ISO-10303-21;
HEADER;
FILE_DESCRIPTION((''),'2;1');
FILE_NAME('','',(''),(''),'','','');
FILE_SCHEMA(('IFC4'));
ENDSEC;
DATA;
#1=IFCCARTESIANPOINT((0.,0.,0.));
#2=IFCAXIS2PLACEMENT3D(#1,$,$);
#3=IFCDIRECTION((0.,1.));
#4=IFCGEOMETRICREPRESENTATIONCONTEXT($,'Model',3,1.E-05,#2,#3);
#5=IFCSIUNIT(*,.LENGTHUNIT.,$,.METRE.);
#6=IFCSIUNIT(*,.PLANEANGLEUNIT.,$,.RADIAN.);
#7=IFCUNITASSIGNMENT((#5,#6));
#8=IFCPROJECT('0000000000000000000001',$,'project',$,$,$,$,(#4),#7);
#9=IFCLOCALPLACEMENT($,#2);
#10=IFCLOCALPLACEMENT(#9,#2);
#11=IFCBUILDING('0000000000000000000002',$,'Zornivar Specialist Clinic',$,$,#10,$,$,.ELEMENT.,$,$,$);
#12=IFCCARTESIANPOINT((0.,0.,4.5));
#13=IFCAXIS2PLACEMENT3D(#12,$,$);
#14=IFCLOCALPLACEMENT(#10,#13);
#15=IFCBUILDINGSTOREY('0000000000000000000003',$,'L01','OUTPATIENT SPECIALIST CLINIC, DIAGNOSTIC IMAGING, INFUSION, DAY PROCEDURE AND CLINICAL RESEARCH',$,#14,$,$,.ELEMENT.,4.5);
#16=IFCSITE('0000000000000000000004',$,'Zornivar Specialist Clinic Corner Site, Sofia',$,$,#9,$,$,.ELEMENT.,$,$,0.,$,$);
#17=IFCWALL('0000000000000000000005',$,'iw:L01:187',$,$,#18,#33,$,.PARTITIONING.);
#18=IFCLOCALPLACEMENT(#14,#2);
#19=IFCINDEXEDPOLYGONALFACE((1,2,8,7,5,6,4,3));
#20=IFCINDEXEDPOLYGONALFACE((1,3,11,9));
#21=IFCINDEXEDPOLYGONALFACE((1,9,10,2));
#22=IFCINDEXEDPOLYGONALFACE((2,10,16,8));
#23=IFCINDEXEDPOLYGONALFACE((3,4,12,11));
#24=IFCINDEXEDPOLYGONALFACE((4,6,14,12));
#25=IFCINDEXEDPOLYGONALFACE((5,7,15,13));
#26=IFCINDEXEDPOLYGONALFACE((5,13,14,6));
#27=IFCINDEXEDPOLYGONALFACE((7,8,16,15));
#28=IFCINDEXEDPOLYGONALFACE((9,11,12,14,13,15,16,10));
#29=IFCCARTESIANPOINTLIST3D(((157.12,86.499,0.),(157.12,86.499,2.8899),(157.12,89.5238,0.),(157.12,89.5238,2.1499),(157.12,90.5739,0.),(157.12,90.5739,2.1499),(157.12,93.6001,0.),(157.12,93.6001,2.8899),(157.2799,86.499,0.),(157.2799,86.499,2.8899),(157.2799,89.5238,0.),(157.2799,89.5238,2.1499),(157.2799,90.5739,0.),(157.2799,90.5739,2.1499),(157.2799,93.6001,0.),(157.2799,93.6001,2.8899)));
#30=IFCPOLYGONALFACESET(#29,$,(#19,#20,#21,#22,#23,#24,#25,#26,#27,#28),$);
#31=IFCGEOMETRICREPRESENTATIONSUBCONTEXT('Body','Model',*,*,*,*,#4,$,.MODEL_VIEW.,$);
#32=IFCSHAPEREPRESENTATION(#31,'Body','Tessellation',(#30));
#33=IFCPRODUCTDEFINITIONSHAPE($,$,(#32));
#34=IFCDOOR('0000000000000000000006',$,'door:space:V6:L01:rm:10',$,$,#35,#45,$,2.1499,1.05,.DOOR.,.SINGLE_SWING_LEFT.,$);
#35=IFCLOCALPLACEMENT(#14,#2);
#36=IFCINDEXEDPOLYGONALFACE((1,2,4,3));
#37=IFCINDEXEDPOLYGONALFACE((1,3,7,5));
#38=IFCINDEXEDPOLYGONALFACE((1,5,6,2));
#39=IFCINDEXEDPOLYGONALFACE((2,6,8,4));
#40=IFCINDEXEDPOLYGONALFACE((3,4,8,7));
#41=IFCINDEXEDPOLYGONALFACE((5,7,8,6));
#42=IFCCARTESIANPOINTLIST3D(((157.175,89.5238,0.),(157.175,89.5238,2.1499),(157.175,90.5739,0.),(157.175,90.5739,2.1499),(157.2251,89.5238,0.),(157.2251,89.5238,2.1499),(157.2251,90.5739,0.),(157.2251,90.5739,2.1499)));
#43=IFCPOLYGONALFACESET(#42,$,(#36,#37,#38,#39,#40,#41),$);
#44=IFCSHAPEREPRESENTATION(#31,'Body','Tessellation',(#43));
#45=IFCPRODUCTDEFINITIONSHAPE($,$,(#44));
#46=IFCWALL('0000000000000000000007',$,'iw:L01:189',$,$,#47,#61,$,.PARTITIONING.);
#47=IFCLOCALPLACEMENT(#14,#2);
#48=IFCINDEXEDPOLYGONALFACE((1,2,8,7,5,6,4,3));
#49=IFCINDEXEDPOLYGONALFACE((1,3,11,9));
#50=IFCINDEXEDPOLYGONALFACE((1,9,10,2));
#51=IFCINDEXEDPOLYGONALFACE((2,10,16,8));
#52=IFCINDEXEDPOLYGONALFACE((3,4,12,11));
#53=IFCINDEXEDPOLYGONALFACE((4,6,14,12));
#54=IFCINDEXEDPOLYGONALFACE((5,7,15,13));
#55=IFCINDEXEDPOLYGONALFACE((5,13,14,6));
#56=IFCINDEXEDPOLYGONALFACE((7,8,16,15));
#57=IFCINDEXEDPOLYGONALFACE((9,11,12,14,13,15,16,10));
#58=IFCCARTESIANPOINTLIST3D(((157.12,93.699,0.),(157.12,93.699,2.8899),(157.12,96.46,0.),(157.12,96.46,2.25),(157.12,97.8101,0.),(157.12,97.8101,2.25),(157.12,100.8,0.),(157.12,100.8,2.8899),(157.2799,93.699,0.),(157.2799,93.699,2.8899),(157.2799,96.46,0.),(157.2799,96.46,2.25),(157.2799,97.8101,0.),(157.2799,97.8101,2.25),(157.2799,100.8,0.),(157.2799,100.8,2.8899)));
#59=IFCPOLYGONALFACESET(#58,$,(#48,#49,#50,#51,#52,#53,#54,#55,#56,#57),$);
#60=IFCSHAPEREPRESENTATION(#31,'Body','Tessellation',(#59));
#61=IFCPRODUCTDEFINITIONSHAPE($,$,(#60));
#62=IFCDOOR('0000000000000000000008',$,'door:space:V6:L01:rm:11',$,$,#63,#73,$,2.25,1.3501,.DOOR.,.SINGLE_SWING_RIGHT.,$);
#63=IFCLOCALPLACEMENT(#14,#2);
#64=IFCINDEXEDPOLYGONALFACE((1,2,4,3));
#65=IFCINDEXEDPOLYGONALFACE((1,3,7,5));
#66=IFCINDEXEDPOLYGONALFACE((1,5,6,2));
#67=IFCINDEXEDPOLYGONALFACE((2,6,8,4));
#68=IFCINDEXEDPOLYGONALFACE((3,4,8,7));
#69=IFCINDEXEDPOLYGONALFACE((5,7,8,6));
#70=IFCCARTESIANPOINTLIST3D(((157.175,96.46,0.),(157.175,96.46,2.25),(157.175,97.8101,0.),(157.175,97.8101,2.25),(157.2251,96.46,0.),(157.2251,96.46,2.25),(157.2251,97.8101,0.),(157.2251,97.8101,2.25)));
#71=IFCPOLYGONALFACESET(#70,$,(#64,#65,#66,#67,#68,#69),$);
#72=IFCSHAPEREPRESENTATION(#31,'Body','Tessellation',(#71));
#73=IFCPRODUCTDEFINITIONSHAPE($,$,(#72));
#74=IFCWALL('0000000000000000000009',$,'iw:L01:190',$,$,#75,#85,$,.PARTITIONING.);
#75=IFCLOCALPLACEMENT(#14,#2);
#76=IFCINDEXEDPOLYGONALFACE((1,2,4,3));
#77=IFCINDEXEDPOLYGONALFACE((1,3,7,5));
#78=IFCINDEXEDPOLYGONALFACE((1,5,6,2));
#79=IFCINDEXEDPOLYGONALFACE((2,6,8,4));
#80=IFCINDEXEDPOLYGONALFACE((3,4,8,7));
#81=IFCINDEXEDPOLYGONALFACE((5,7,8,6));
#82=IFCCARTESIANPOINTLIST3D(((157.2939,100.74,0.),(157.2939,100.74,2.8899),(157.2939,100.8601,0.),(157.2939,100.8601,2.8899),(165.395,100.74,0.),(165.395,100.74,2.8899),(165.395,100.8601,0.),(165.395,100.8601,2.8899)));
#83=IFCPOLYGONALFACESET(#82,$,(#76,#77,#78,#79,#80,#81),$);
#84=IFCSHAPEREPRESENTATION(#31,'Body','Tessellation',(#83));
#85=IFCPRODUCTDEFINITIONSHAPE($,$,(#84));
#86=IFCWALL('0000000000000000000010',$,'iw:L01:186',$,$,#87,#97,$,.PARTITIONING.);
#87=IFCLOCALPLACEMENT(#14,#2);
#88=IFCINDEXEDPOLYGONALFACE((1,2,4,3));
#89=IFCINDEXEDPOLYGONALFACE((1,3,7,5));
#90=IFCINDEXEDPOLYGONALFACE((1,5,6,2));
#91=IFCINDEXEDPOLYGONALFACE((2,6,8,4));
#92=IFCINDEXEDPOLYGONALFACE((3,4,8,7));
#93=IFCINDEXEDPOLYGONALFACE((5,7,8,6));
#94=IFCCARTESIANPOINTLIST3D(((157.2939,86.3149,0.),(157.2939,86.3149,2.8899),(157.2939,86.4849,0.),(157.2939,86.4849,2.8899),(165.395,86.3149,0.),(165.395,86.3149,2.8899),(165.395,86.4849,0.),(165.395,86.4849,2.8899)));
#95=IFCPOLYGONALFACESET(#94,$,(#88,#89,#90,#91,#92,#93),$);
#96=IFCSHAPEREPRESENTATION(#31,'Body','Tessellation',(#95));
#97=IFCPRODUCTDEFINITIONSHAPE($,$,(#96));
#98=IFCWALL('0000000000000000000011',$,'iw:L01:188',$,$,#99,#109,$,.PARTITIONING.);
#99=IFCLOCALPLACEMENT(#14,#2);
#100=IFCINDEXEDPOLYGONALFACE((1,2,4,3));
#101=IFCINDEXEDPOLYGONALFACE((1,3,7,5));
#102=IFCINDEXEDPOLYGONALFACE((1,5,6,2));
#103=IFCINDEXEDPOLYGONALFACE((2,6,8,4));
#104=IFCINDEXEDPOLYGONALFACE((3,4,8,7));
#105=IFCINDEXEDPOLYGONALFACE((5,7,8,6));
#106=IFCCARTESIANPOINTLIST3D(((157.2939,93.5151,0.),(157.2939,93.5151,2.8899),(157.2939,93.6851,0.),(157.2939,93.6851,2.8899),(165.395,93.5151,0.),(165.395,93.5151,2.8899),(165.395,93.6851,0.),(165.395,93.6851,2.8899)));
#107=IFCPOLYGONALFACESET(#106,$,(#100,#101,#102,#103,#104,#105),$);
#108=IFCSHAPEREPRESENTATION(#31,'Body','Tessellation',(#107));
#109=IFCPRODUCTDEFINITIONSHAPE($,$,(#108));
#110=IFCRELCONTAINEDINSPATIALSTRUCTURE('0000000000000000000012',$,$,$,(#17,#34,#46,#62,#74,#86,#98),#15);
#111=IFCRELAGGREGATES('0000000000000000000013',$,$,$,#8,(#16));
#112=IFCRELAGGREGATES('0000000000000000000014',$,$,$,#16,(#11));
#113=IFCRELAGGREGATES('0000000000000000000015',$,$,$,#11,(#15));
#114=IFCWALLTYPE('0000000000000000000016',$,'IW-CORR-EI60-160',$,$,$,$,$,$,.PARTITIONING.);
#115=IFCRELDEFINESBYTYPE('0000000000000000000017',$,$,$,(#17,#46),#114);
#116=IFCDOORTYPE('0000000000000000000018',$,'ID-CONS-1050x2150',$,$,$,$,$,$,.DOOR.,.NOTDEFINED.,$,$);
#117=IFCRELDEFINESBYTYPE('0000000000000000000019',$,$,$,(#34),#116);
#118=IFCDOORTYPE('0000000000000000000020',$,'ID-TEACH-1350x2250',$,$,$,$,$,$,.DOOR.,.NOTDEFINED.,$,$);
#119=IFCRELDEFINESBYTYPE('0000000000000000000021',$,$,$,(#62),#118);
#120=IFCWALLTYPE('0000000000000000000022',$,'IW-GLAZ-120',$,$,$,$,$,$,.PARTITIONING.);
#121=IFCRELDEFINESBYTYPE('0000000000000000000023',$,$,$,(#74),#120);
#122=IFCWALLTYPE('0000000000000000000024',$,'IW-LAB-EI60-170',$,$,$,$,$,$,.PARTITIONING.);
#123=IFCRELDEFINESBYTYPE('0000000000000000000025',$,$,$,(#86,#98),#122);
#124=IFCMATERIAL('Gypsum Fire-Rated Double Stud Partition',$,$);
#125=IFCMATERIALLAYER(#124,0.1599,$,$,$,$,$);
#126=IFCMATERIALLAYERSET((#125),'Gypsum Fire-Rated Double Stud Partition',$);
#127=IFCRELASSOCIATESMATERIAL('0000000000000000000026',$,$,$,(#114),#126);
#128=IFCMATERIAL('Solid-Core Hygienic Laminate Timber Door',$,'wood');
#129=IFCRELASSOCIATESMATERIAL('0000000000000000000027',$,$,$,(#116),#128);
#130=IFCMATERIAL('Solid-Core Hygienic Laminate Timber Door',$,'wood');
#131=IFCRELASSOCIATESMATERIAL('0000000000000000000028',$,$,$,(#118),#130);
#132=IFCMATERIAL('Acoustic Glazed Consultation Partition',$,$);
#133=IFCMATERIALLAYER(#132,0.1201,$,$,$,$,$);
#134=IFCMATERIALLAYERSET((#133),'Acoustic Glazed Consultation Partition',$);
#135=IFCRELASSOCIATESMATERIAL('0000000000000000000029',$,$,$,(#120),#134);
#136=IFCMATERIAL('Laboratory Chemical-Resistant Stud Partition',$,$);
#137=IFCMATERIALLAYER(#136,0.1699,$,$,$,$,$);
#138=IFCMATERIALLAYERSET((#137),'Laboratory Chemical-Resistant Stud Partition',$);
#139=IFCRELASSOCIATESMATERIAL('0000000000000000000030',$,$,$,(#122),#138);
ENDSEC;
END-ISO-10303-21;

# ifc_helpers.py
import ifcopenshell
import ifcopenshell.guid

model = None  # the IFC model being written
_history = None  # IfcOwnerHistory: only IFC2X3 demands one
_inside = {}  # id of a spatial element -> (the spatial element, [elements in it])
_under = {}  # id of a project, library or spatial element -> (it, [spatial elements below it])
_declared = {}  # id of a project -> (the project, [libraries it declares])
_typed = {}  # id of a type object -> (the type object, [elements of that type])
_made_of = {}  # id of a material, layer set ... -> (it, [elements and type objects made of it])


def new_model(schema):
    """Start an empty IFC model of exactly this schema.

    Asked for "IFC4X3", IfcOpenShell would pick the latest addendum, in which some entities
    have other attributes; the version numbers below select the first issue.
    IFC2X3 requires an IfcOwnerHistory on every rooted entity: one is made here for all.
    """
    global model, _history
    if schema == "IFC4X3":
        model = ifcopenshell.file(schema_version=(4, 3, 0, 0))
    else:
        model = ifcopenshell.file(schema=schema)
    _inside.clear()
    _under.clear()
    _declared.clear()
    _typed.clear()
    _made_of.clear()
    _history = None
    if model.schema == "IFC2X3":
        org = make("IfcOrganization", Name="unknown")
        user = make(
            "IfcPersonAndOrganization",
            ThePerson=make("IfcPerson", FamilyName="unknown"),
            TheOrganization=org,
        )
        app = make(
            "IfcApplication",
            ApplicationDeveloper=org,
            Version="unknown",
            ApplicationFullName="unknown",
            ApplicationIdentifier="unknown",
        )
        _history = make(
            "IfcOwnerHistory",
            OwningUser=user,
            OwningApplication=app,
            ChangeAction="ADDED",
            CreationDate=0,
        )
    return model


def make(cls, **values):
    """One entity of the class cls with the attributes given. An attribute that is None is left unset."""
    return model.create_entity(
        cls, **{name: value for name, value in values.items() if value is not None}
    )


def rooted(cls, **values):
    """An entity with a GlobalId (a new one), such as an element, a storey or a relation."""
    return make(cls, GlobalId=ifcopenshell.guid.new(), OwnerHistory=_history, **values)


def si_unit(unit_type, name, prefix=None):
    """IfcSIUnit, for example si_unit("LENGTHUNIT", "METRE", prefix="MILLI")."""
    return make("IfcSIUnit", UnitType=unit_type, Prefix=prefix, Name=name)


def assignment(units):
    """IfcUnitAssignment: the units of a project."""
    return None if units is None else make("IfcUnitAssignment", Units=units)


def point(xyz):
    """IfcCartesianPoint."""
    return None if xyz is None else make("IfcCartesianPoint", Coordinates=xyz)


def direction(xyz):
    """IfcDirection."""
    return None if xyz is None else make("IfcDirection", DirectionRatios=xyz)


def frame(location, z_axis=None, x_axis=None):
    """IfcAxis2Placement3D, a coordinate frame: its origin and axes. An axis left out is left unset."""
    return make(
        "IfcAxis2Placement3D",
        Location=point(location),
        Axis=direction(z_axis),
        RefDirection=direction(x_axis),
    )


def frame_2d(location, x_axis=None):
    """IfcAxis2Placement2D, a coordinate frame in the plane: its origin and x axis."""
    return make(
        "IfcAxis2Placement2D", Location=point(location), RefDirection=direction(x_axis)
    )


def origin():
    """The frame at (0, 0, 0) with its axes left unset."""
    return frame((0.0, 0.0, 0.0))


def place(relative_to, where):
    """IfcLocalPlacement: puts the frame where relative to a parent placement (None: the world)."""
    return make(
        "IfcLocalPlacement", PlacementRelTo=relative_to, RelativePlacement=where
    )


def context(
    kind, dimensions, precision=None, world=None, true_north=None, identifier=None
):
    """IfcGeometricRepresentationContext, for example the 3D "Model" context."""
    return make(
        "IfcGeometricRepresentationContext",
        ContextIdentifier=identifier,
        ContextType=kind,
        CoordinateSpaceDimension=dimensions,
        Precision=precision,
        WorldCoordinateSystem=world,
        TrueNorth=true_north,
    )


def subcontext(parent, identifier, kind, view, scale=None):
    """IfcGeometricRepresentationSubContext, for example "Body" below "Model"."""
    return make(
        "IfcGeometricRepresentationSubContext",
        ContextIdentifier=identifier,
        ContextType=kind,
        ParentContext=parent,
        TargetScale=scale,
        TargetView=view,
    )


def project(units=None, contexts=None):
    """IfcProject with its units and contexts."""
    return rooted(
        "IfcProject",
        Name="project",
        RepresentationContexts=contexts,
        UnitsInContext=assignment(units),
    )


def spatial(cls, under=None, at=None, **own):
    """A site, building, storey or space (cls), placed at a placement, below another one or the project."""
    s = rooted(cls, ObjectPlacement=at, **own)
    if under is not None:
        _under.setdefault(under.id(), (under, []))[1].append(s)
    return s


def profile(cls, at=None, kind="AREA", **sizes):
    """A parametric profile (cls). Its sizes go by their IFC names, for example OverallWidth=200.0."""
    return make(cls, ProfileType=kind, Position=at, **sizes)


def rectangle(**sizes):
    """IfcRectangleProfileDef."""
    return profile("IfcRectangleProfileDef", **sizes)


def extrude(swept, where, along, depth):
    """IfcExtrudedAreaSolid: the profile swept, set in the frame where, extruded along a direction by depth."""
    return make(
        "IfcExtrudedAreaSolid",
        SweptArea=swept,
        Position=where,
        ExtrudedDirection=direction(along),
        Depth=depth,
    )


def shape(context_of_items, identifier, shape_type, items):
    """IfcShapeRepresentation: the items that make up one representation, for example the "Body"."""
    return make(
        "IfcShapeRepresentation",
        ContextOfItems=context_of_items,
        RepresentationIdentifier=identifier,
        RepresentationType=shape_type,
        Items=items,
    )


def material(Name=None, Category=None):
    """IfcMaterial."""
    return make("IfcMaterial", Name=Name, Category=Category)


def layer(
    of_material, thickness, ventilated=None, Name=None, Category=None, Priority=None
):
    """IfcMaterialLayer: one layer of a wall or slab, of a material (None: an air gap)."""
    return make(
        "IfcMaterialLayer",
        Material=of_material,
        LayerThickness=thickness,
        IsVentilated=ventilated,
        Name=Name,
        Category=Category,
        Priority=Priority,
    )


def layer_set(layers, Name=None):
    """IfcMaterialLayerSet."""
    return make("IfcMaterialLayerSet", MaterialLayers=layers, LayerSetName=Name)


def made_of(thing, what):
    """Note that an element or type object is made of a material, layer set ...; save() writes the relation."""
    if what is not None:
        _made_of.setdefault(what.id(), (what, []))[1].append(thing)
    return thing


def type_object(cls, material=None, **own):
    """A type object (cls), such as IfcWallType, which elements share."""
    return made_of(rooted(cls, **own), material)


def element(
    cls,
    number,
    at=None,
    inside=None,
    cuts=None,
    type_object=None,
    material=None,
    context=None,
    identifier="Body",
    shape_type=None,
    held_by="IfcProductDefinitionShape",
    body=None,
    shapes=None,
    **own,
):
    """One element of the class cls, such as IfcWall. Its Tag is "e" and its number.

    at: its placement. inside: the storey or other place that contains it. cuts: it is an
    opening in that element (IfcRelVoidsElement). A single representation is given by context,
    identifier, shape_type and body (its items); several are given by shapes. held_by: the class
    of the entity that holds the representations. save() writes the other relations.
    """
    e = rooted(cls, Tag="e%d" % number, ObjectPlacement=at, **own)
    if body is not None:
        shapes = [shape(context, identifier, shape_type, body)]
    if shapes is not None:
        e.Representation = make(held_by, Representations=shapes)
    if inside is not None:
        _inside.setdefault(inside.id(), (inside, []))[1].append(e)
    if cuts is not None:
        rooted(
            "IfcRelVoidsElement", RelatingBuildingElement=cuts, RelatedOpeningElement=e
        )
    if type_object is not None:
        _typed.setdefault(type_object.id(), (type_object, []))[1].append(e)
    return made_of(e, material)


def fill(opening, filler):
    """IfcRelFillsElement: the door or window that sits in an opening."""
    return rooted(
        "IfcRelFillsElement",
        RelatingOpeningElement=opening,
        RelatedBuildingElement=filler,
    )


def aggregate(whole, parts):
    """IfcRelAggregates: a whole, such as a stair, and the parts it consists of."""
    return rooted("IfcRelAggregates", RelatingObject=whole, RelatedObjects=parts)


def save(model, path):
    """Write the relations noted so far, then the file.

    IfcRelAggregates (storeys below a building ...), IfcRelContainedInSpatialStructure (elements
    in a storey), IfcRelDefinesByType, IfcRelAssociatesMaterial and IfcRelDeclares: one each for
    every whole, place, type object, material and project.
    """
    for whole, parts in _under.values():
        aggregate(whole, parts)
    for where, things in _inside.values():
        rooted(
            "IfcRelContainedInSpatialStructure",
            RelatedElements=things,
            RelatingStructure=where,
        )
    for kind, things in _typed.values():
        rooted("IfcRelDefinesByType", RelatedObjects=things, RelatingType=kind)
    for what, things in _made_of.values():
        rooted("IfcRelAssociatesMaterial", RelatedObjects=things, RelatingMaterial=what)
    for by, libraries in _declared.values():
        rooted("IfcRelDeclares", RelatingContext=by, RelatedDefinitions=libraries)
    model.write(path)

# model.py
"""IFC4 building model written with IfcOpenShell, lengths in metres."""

from ifc_helpers import new_model, si_unit, direction, frame, frame_2d, origin, place, context, subcontext, project, spatial, rectangle, extrude, material, layer, layer_set, type_object, element, fill, save


model = new_model("IFC4")

# Units and contexts
model_context = context("Model", 3, precision=1e-05, world=origin(), true_north=direction((0.0, 1.0)))
body_context = subcontext(model_context, "Body", "Model", "MODEL_VIEW")
ifc_project = project(units=[si_unit("LENGTHUNIT", "METRE"), si_unit("PLANEANGLEUNIT", "RADIAN")], contexts=[model_context])

# Site, building, storey
site_placement = place(None, origin())
site = spatial("IfcSite", under=ifc_project, at=site_placement, Name="Zornivar Specialist Clinic Corner Site, Sofia", CompositionType="ELEMENT", RefElevation=0.0)
building_placement = place(site_placement, origin())
building = spatial("IfcBuilding", under=site, at=building_placement, Name="Zornivar Specialist Clinic", CompositionType="ELEMENT")
storey_placement = place(building_placement, frame((0.0, 0.0, 4.5)))
storey = spatial("IfcBuildingStorey", under=building, at=storey_placement, Name="L01", Description="OUTPATIENT SPECIALIST CLINIC, DIAGNOSTIC IMAGING, INFUSION, DAY PROCEDURE AND CLINICAL RESEARCH", CompositionType="ELEMENT", Elevation=4.5)

# Walls, openings, doors
ifc_material_1 = material(Name="Gypsum Fire-Rated Double Stud Partition")
ifc_layer_1 = layer(ifc_material_1, 0.1599)
ifc_layer_set_1 = layer_set([ifc_layer_1], Name="Gypsum Fire-Rated Double Stud Partition")
wall_type_1 = type_object("IfcWallType", Name="IW-CORR-EI60-160", PredefinedType="PARTITIONING", material=ifc_layer_set_1)
wall_1_placement = place(storey_placement, frame((157.2, 86.499, 0.0), z_axis=(0.0, 0.0, 1.0), x_axis=(0.0, 1.0, 0.0)))
wall_1 = element("IfcWall", 1, at=wall_1_placement, inside=storey, type_object=wall_type_1, Name="iw:L01:187", PredefinedType="PARTITIONING", context=body_context, shape_type="SweptSolid", body=[
    extrude(rectangle(XDim=7.1011, YDim=0.1599, at=frame_2d((3.5505, 0.0))), origin(), (0.0, 0.0, 1.0), 2.8899),
])
opening_1_placement = place(wall_1_placement, frame((3.0249, 0.0, 0.0)))
opening_1 = element("IfcOpeningElement", 2, at=opening_1_placement, cuts=wall_1, PredefinedType="OPENING", context=body_context, shape_type="SweptSolid", body=[
    extrude(rectangle(XDim=1.05, YDim=2.1499, at=frame_2d((0.5249, 1.075))), frame((0.0, 0.0898, 0.0), z_axis=(0.0, -1.0, 0.0), x_axis=(1.0, 0.0, 0.0)), (0.0, 0.0, 1.0), 0.1799),
])
ifc_material_2 = material(Name="Solid-Core Hygienic Laminate Timber Door", Category="wood")
door_type_1 = type_object("IfcDoorType", Name="ID-CONS-1050x2150", OperationType="NOTDEFINED", PredefinedType="DOOR", material=ifc_material_2)
door_1_placement = place(opening_1_placement, origin())
door_1 = element("IfcDoor", 3, at=door_1_placement, inside=storey, type_object=door_type_1, Name="door:space:V6:L01:rm:10", OperationType="SINGLE_SWING_LEFT", OverallHeight=2.1499, OverallWidth=1.05, PredefinedType="DOOR", context=body_context, shape_type="SweptSolid", body=[
    extrude(rectangle(XDim=1.05, YDim=2.1499, at=frame_2d((0.5249, 1.075))), frame((0.0, 0.0249, 0.0), z_axis=(0.0, -1.0, 0.0), x_axis=(1.0, 0.0, 0.0)), (0.0, 0.0, 1.0), 0.05),
])
fill(opening_1, door_1)
wall_2_placement = place(storey_placement, frame((157.2, 93.699, 0.0), z_axis=(0.0, 0.0, 1.0), x_axis=(0.0, 1.0, 0.0)))
wall_2 = element("IfcWall", 4, at=wall_2_placement, inside=storey, type_object=wall_type_1, Name="iw:L01:189", PredefinedType="PARTITIONING", context=body_context, shape_type="SweptSolid", body=[
    extrude(rectangle(XDim=7.1011, YDim=0.1599, at=frame_2d((3.5505, 0.0))), origin(), (0.0, 0.0, 1.0), 2.8899),
])
opening_2_placement = place(wall_2_placement, frame((2.761, 0.0, 0.0)))
opening_2 = element("IfcOpeningElement", 5, at=opening_2_placement, cuts=wall_2, PredefinedType="OPENING", context=body_context, shape_type="SweptSolid", body=[
    extrude(rectangle(XDim=1.3501, YDim=2.25, at=frame_2d((0.675, 1.125))), frame((0.0, 0.0898, 0.0), z_axis=(0.0, -1.0, 0.0), x_axis=(1.0, 0.0, 0.0)), (0.0, 0.0, 1.0), 0.1799),
])
ifc_material_3 = material(Name="Solid-Core Hygienic Laminate Timber Door", Category="wood")
door_type_2 = type_object("IfcDoorType", Name="ID-TEACH-1350x2250", OperationType="NOTDEFINED", PredefinedType="DOOR", material=ifc_material_3)
door_2_placement = place(opening_2_placement, origin())
door_2 = element("IfcDoor", 6, at=door_2_placement, inside=storey, type_object=door_type_2, Name="door:space:V6:L01:rm:11", OperationType="SINGLE_SWING_RIGHT", OverallHeight=2.25, OverallWidth=1.3501, PredefinedType="DOOR", context=body_context, shape_type="SweptSolid", body=[
    extrude(rectangle(XDim=1.3501, YDim=2.25, at=frame_2d((0.675, 1.125))), frame((0.0, 0.0249, 0.0), z_axis=(0.0, -1.0, 0.0), x_axis=(1.0, 0.0, 0.0)), (0.0, 0.0, 1.0), 0.05),
])
fill(opening_2, door_2)

# Walls
ifc_material_4 = material(Name="Acoustic Glazed Consultation Partition")
ifc_layer_2 = layer(ifc_material_4, 0.1201)
ifc_layer_set_2 = layer_set([ifc_layer_2], Name="Acoustic Glazed Consultation Partition")
wall_type_2 = type_object("IfcWallType", Name="IW-GLAZ-120", PredefinedType="PARTITIONING", material=ifc_layer_set_2)
wall_3_placement = place(storey_placement, frame((157.2939, 100.8, 0.0), z_axis=(0.0, 0.0, 1.0), x_axis=(1.0, 0.0, 0.0)))
element("IfcWall", 7, at=wall_3_placement, inside=storey, type_object=wall_type_2, Name="iw:L01:190", PredefinedType="PARTITIONING", context=body_context, shape_type="SweptSolid", body=[
    extrude(rectangle(XDim=8.1011, YDim=0.1201, at=frame_2d((4.0505, 0.0))), origin(), (0.0, 0.0, 1.0), 2.8899),
])
ifc_material_5 = material(Name="Laboratory Chemical-Resistant Stud Partition")
ifc_layer_3 = layer(ifc_material_5, 0.1699)
ifc_layer_set_3 = layer_set([ifc_layer_3], Name="Laboratory Chemical-Resistant Stud Partition")
wall_type_3 = type_object("IfcWallType", Name="IW-LAB-EI60-170", PredefinedType="PARTITIONING", material=ifc_layer_set_3)
for number, where, z_axis, x_axis, name in (
    (8, (157.2939, 86.3999, 0.0), (0.0, 0.0, 1.0), (1.0, 0.0, 0.0), "iw:L01:186"),
    (9, (157.2939, 93.6001, 0.0), (0.0, 0.0, 1.0), (1.0, 0.0, 0.0), "iw:L01:188"),
):
    element("IfcWall", number, at=place(storey_placement, frame(where, z_axis=z_axis, x_axis=x_axis)), inside=storey, type_object=wall_type_3, Name=name, PredefinedType="PARTITIONING", context=body_context, shape_type="SweptSolid", body=[
        extrude(rectangle(XDim=8.1011, YDim=0.1699, at=frame_2d((4.0505, 0.0))), origin(), (0.0, 0.0, 1.0), 2.8899),
    ])

save(model, "model.ifc")
